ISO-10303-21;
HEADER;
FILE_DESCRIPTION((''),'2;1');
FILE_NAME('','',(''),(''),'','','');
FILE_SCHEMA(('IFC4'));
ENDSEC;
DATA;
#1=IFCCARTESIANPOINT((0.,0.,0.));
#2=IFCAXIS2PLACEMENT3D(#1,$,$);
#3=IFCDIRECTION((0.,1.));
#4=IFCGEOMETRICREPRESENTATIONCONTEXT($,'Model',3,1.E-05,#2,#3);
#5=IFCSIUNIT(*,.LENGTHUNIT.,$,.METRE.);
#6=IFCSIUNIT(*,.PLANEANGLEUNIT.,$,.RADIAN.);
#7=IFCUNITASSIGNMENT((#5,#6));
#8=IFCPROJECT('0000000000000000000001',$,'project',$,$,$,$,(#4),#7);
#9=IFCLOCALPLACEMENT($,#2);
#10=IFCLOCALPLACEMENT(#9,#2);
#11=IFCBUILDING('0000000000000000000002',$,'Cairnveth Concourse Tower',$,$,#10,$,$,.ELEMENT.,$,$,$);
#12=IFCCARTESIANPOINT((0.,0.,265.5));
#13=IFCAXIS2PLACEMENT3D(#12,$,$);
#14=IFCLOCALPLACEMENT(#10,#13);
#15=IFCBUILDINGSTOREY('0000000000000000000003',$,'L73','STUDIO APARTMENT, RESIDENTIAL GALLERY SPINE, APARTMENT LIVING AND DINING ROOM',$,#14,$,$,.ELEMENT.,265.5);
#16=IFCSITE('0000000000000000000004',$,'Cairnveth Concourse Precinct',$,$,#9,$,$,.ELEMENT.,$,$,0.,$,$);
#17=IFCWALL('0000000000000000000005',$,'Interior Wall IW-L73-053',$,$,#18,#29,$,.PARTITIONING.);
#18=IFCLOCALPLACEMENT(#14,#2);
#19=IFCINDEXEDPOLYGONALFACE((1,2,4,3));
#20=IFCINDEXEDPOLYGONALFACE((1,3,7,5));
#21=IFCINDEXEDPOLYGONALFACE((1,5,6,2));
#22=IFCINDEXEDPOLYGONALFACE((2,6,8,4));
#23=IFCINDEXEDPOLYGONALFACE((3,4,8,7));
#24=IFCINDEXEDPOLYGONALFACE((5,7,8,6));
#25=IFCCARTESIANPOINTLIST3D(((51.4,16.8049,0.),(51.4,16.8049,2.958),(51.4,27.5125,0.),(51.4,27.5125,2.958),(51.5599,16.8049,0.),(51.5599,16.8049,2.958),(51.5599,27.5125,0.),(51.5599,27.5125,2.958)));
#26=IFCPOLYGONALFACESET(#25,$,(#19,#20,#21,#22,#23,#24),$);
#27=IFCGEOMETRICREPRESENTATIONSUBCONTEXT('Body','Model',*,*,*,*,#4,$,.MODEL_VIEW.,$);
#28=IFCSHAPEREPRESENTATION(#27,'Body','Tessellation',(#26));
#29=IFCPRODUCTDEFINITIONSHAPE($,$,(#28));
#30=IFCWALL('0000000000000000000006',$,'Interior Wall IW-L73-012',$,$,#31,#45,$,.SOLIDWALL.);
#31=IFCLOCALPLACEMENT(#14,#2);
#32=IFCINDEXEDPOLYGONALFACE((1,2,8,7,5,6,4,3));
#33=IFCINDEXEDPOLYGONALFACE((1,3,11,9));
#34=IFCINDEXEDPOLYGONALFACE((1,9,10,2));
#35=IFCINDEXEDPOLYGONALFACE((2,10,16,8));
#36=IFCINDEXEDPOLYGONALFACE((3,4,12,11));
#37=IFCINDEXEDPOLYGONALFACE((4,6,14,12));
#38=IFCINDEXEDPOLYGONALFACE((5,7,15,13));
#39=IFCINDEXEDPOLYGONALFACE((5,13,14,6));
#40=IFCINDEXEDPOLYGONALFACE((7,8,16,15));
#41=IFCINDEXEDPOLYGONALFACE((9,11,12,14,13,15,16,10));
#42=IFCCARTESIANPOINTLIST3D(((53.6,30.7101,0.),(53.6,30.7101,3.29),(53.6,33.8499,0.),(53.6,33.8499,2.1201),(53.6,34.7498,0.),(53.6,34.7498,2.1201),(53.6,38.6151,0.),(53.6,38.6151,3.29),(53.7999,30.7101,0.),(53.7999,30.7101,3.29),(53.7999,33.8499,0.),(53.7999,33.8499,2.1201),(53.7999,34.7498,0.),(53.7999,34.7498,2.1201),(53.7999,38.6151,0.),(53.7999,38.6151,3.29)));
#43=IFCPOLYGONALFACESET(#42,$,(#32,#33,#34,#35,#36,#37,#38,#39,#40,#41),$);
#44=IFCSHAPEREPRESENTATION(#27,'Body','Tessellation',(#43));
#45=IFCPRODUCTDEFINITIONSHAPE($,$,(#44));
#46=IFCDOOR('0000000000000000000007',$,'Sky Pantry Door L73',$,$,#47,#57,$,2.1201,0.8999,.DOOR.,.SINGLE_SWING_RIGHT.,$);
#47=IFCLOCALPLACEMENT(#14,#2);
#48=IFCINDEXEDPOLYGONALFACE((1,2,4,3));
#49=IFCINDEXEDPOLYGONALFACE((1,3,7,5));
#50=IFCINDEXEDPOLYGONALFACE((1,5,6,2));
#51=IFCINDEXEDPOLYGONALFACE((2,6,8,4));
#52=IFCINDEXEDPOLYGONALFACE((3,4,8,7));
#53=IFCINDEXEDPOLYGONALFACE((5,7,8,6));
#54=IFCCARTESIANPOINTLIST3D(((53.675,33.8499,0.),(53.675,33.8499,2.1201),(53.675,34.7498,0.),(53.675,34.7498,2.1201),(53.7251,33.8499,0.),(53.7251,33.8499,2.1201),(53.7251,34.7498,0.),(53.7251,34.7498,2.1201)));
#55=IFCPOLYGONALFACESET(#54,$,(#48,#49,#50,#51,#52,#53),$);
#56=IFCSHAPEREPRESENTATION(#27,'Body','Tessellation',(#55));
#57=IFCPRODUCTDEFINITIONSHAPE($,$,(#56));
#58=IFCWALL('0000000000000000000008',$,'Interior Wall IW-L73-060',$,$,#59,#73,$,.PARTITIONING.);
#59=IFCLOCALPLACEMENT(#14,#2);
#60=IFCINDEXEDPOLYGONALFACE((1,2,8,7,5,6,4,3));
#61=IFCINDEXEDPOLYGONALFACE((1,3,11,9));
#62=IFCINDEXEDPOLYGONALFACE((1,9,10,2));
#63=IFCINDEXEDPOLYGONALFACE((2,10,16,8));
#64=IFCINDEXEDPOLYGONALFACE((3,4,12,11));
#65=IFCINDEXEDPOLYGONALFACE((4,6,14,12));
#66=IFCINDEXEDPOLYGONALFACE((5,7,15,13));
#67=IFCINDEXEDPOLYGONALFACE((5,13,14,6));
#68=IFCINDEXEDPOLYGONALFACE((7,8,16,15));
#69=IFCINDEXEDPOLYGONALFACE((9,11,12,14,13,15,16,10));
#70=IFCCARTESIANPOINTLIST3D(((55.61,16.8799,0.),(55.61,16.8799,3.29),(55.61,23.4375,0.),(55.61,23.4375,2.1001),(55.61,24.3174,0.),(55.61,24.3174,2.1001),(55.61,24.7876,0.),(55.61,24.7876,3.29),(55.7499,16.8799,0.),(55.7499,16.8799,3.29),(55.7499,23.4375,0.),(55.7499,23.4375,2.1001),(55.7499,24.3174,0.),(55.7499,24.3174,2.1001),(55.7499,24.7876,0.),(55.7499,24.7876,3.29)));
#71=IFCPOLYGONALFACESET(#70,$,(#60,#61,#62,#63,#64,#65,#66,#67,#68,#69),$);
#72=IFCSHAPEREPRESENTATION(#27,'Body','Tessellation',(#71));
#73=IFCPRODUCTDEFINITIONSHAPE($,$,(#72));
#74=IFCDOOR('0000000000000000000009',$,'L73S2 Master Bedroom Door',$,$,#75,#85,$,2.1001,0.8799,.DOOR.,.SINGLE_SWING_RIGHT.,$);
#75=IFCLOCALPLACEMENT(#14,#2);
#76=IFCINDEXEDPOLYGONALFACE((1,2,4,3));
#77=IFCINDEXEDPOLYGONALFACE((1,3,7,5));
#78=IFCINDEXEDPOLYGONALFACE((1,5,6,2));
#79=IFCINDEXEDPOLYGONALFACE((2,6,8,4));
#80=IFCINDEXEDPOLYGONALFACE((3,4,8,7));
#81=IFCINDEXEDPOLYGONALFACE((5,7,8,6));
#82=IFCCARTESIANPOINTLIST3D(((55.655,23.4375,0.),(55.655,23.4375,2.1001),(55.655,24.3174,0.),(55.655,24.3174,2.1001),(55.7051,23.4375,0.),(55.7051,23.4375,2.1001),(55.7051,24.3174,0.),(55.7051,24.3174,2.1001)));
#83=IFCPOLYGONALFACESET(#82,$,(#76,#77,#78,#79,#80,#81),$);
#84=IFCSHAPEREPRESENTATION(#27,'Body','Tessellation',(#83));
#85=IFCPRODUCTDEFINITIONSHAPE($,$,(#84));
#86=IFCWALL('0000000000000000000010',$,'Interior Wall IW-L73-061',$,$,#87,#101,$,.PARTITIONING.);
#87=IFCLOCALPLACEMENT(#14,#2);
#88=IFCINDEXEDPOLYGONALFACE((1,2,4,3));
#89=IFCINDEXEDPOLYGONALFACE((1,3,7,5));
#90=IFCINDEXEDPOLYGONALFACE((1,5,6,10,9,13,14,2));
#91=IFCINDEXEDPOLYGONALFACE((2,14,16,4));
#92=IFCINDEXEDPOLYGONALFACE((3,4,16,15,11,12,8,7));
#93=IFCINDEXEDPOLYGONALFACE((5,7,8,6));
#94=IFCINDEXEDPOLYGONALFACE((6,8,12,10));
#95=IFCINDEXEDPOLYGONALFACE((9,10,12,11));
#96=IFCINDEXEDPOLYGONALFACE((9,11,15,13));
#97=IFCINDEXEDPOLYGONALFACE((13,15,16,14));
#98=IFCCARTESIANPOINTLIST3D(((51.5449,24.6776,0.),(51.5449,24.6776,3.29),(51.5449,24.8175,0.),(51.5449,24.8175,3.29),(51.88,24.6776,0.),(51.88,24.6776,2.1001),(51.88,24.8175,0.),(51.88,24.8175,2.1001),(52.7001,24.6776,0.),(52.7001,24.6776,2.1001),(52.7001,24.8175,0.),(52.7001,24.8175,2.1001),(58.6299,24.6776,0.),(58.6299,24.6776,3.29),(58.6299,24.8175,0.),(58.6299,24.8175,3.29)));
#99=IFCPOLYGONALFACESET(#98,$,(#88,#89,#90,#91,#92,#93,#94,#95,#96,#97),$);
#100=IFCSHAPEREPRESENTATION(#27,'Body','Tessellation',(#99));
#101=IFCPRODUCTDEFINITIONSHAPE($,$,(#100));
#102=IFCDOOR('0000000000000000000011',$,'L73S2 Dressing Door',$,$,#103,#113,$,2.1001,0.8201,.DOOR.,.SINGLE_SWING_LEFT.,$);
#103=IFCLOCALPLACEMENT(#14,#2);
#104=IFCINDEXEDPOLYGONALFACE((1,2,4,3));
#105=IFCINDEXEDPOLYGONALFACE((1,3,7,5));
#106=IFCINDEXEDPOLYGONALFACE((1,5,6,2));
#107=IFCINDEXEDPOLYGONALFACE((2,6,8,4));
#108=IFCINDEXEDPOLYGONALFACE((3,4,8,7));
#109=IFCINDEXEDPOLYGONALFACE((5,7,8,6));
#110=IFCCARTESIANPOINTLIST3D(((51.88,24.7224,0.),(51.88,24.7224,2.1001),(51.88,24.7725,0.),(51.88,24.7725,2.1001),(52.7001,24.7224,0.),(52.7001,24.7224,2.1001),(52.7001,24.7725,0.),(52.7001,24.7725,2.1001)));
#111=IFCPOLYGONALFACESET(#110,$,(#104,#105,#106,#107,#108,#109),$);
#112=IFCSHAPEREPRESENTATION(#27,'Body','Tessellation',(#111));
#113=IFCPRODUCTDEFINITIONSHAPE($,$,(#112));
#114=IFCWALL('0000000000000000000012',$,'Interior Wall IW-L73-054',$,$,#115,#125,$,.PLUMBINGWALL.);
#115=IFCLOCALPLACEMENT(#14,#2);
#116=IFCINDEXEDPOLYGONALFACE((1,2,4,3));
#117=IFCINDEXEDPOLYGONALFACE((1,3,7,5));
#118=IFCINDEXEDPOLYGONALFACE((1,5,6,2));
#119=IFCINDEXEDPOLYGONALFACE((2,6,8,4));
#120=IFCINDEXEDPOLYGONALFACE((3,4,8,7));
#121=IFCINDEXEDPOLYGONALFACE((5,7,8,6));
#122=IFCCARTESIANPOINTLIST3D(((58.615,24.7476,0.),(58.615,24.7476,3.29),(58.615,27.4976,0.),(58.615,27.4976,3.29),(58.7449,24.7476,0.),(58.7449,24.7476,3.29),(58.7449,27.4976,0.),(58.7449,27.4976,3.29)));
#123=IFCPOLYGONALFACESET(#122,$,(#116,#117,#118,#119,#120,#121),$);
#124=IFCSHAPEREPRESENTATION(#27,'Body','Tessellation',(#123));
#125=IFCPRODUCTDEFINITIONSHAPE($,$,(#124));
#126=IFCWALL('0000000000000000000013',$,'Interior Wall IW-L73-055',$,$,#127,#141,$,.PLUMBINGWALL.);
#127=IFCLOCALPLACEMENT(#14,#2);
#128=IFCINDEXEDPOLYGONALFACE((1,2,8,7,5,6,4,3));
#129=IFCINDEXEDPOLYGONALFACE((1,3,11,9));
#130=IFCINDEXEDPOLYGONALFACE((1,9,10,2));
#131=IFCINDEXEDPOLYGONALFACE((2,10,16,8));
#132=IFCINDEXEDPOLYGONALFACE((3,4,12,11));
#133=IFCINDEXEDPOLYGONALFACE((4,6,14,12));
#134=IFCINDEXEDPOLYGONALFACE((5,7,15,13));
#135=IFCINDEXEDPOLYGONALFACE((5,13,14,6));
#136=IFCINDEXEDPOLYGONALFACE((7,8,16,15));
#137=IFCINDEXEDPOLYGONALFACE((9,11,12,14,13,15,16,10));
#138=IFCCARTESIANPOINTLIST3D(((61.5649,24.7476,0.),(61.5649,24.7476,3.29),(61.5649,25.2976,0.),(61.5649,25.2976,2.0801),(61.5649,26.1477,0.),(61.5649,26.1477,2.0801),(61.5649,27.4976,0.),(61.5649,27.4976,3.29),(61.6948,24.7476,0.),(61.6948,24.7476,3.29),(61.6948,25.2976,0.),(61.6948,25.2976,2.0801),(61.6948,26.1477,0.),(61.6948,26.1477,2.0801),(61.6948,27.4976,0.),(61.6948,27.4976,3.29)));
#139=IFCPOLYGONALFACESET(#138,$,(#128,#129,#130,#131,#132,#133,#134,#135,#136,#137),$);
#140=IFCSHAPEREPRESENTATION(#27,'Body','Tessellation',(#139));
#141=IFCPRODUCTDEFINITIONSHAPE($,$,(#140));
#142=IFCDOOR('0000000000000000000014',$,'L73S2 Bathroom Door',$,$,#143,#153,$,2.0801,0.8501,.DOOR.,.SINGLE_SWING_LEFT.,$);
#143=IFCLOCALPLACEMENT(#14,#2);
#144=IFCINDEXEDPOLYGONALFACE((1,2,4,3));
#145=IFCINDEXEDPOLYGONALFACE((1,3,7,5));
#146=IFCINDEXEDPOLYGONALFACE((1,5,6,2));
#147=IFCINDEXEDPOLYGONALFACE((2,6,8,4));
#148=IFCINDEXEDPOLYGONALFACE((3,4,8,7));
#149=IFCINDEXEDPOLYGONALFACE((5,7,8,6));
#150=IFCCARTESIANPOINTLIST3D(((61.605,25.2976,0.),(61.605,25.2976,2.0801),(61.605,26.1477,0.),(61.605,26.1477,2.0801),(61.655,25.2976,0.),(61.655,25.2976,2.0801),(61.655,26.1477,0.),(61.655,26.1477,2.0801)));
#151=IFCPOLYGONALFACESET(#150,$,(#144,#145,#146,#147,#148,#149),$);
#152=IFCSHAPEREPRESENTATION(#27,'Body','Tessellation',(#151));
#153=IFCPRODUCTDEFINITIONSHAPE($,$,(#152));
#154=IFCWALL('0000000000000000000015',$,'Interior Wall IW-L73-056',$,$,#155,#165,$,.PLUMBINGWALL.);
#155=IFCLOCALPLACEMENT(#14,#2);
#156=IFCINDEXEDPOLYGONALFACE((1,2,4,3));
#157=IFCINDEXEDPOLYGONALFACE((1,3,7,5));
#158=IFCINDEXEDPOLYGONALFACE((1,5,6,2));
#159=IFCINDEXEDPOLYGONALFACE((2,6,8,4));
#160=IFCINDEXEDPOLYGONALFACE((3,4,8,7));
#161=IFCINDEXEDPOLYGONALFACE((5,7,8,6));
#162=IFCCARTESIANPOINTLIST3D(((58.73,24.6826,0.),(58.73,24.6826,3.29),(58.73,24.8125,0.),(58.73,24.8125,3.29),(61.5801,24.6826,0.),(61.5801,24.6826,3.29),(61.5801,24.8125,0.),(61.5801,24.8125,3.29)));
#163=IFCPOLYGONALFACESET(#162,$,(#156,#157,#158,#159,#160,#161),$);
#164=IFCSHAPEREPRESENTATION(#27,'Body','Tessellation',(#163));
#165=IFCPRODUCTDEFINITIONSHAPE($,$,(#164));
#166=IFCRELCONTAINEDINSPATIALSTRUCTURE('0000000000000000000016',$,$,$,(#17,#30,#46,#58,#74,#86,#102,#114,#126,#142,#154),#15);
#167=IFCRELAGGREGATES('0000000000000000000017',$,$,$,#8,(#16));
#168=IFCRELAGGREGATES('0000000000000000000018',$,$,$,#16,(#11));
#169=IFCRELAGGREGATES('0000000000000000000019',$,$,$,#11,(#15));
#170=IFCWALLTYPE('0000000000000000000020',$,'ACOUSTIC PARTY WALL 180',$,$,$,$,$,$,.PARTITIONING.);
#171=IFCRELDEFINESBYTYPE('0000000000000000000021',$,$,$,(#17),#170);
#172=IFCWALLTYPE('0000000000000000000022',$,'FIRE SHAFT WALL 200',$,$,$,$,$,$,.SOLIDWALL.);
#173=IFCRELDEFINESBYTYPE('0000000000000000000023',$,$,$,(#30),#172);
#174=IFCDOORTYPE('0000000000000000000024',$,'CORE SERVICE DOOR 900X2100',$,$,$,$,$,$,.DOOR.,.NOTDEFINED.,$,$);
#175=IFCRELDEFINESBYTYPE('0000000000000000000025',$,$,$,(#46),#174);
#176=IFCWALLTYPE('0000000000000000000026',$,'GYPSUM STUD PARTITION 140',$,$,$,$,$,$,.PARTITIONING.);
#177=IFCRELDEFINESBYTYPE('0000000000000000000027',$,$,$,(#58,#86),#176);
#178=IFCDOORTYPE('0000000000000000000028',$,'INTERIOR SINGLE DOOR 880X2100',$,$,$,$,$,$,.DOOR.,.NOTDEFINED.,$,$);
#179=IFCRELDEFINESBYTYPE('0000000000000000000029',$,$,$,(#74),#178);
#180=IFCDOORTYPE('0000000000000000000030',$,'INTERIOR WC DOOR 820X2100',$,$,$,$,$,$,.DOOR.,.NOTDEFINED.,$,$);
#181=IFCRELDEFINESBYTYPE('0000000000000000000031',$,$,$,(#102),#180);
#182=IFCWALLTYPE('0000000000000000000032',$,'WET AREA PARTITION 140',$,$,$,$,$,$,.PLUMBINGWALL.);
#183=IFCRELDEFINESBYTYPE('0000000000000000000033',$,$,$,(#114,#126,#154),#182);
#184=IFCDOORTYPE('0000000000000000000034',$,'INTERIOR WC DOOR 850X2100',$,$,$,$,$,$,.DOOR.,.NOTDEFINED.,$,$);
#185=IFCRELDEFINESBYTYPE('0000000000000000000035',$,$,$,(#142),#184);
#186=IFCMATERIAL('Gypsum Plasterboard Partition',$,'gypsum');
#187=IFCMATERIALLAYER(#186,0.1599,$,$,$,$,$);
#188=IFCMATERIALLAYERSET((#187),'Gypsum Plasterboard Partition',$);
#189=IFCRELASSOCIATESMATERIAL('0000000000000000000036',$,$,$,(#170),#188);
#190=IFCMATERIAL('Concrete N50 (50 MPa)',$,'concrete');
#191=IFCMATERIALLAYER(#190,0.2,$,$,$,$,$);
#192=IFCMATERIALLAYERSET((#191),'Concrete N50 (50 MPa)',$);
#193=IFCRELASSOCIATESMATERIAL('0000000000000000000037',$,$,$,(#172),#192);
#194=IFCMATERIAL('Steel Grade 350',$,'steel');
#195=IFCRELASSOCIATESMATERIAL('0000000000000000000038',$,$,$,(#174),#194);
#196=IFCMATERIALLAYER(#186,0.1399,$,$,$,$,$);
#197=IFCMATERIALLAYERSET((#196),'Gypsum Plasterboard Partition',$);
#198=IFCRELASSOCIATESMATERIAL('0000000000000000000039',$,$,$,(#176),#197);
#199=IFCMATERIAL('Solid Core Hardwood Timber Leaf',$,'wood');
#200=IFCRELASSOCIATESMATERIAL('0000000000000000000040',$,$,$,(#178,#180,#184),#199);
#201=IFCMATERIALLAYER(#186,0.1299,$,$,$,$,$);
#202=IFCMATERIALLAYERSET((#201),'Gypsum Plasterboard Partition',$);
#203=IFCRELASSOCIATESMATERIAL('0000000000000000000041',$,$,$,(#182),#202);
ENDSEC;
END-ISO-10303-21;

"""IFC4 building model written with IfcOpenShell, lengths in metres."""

from ifc_helpers import new_model, si_unit, direction, frame, frame_2d, origin, place, context, subcontext, project, spatial, rectangle, extrude, material, layer, layer_set, type_object, element, fill, save


model = new_model("IFC4")

# Units and contexts
model_context = context("Model", 3, precision=1e-05, world=origin(), true_north=direction((0.0, 1.0)))
body_context = subcontext(model_context, "Body", "Model", "MODEL_VIEW")
ifc_project = project(units=[si_unit("LENGTHUNIT", "METRE"), si_unit("PLANEANGLEUNIT", "RADIAN")], contexts=[model_context])

# Site, building, storey
site_placement = place(None, origin())
site = spatial("IfcSite", under=ifc_project, at=site_placement, Name="Cairnveth Concourse Precinct", CompositionType="ELEMENT", RefElevation=0.0)
building_placement = place(site_placement, origin())
building = spatial("IfcBuilding", under=site, at=building_placement, Name="Cairnveth Concourse Tower", CompositionType="ELEMENT")
storey_placement = place(building_placement, frame((0.0, 0.0, 265.5)))
storey = spatial("IfcBuildingStorey", under=building, at=storey_placement, Name="L73", Description="STUDIO APARTMENT, RESIDENTIAL GALLERY SPINE, APARTMENT LIVING AND DINING ROOM", CompositionType="ELEMENT", Elevation=265.5)

# Shared definitions
ifc_material_1 = material(Name="Steel Grade 350", Category="steel")

# Shared definitions
ifc_material_2 = material(Name="Gypsum Plasterboard Partition", Category="gypsum")
ifc_layer_1 = layer(ifc_material_2, 0.1599)
ifc_layer_set_1 = layer_set([ifc_layer_1], Name="Gypsum Plasterboard Partition")
wall_type_1 = type_object("IfcWallType", Name="ACOUSTIC PARTY WALL 180", PredefinedType="PARTITIONING", material=ifc_layer_set_1)
ifc_material_3 = material(Name="Solid Core Hardwood Timber Leaf", Category="wood")

# Wall
wall_1_placement = place(storey_placement, frame((51.48, 16.8049, 0.0), z_axis=(0.0, 0.0, 1.0), x_axis=(0.0, 1.0, 0.0)))
element("IfcWall", 1, at=wall_1_placement, inside=storey, type_object=wall_type_1, Name="Interior Wall IW-L73-053", PredefinedType="PARTITIONING", context=body_context, shape_type="SweptSolid", body=[
    extrude(rectangle(XDim=10.7075, YDim=0.1599, at=frame_2d((5.3538, 0.0))), origin(), (0.0, 0.0, 1.0), 2.958),
])

# Walls, openings, doors
ifc_material_4 = material(Name="Concrete N50 (50 MPa)", Category="concrete")
ifc_layer_2 = layer(ifc_material_4, 0.2)
ifc_layer_set_2 = layer_set([ifc_layer_2], Name="Concrete N50 (50 MPa)")
wall_type_2 = type_object("IfcWallType", Name="FIRE SHAFT WALL 200", PredefinedType="SOLIDWALL", material=ifc_layer_set_2)
wall_2_placement = place(storey_placement, frame((53.7, 30.71, 0.0), z_axis=(0.0, 0.0, 1.0), x_axis=(0.0, 1.0, 0.0)))
wall_2 = element("IfcWall", 2, at=wall_2_placement, inside=storey, type_object=wall_type_2, Name="Interior Wall IW-L73-012", PredefinedType="SOLIDWALL", context=body_context, shape_type="SweptSolid", body=[
    extrude(rectangle(XDim=7.905, YDim=0.2, at=frame_2d((3.9526, 0.0))), origin(), (0.0, 0.0, 1.0), 3.29),
])
opening_1_placement = place(wall_2_placement, frame((3.1399, 0.0, 0.0)))
opening_1 = element("IfcOpeningElement", 3, at=opening_1_placement, cuts=wall_2, PredefinedType="OPENING", context=body_context, shape_type="SweptSolid", body=[
    extrude(rectangle(XDim=0.8999, YDim=2.1201, at=frame_2d((0.45, 1.0601))), frame((0.0, 0.1099, 0.0), z_axis=(0.0, -1.0, 0.0), x_axis=(1.0, 0.0, 0.0)), (0.0, 0.0, 1.0), 0.22),
])
door_type_1 = type_object("IfcDoorType", Name="CORE SERVICE DOOR 900X2100", OperationType="NOTDEFINED", PredefinedType="DOOR", material=ifc_material_1)
door_1_placement = place(opening_1_placement, origin())
door_1 = element("IfcDoor", 4, at=door_1_placement, inside=storey, type_object=door_type_1, Name="Sky Pantry Door L73", OperationType="SINGLE_SWING_RIGHT", OverallHeight=2.1201, OverallWidth=0.8999, PredefinedType="DOOR", context=body_context, shape_type="SweptSolid", body=[
    extrude(rectangle(XDim=0.8999, YDim=2.1201, at=frame_2d((0.45, 1.0601))), frame((0.0, 0.0249, 0.0), z_axis=(0.0, -1.0, 0.0), x_axis=(1.0, 0.0, 0.0)), (0.0, 0.0, 1.0), 0.05),
])
fill(opening_1, door_1)
ifc_layer_3 = layer(ifc_material_2, 0.1399)
ifc_layer_set_3 = layer_set([ifc_layer_3], Name="Gypsum Plasterboard Partition")
wall_type_3 = type_object("IfcWallType", Name="GYPSUM STUD PARTITION 140", PredefinedType="PARTITIONING", material=ifc_layer_set_3)
wall_3_placement = place(storey_placement, frame((55.6799, 16.8799, 0.0), z_axis=(0.0, 0.0, 1.0), x_axis=(0.0, 1.0, 0.0)))
wall_3 = element("IfcWall", 5, at=wall_3_placement, inside=storey, type_object=wall_type_3, Name="Interior Wall IW-L73-060", PredefinedType="PARTITIONING", context=body_context, shape_type="SweptSolid", body=[
    extrude(rectangle(XDim=7.9077, YDim=0.1399, at=frame_2d((3.9539, 0.0))), origin(), (0.0, 0.0, 1.0), 3.29),
])
opening_2_placement = place(wall_3_placement, frame((6.5576, 0.0, 0.0)))
opening_2 = element("IfcOpeningElement", 6, at=opening_2_placement, cuts=wall_3, PredefinedType="OPENING", context=body_context, shape_type="SweptSolid", body=[
    extrude(rectangle(XDim=0.8799, YDim=2.1001, at=frame_2d((0.4399, 1.05))), frame((0.0, 0.0798, 0.0), z_axis=(0.0, -1.0, 0.0), x_axis=(1.0, 0.0, 0.0)), (0.0, 0.0, 1.0), 0.1599),
])
door_type_2 = type_object("IfcDoorType", Name="INTERIOR SINGLE DOOR 880X2100", OperationType="NOTDEFINED", PredefinedType="DOOR", material=ifc_material_3)
door_2_placement = place(opening_2_placement, origin())
door_2 = element("IfcDoor", 7, at=door_2_placement, inside=storey, type_object=door_type_2, Name="L73S2 Master Bedroom Door", OperationType="SINGLE_SWING_RIGHT", OverallHeight=2.1001, OverallWidth=0.8799, PredefinedType="DOOR", context=body_context, shape_type="SweptSolid", body=[
    extrude(rectangle(XDim=0.8799, YDim=2.1001, at=frame_2d((0.4399, 1.05))), frame((0.0, 0.0249, 0.0), z_axis=(0.0, -1.0, 0.0), x_axis=(1.0, 0.0, 0.0)), (0.0, 0.0, 1.0), 0.05),
])
fill(opening_2, door_2)
wall_4_placement = place(storey_placement, frame((51.5449, 24.7476, 0.0), z_axis=(0.0, 0.0, 1.0), x_axis=(1.0, 0.0, 0.0)))
wall_4 = element("IfcWall", 8, at=wall_4_placement, inside=storey, type_object=wall_type_3, Name="Interior Wall IW-L73-061", PredefinedType="PARTITIONING", context=body_context, shape_type="SweptSolid", body=[
    extrude(rectangle(XDim=7.085, YDim=0.1399, at=frame_2d((3.5425, 0.0))), origin(), (0.0, 0.0, 1.0), 3.29),
])
opening_3_placement = place(wall_4_placement, frame((0.335, 0.0, 0.0)))
opening_3 = element("IfcOpeningElement", 9, at=opening_3_placement, cuts=wall_4, PredefinedType="OPENING", context=body_context, shape_type="SweptSolid", body=[
    extrude(rectangle(XDim=0.8201, YDim=2.1001, at=frame_2d((0.4102, 1.05))), frame((0.0, 0.0798, 0.0), z_axis=(0.0, -1.0, 0.0), x_axis=(1.0, 0.0, 0.0)), (0.0, 0.0, 1.0), 0.1599),
])
door_type_3 = type_object("IfcDoorType", Name="INTERIOR WC DOOR 820X2100", OperationType="NOTDEFINED", PredefinedType="DOOR", material=ifc_material_3)
door_3_placement = place(opening_3_placement, origin())
door_3 = element("IfcDoor", 10, at=door_3_placement, inside=storey, type_object=door_type_3, Name="L73S2 Dressing Door", OperationType="SINGLE_SWING_LEFT", OverallHeight=2.1001, OverallWidth=0.8201, PredefinedType="DOOR", context=body_context, shape_type="SweptSolid", body=[
    extrude(rectangle(XDim=0.8201, YDim=2.1001, at=frame_2d((0.4102, 1.05))), frame((0.0, 0.0249, 0.0), z_axis=(0.0, -1.0, 0.0), x_axis=(1.0, 0.0, 0.0)), (0.0, 0.0, 1.0), 0.05),
])
fill(opening_3, door_3)

# Wall
ifc_layer_4 = layer(ifc_material_2, 0.1299)
ifc_layer_set_4 = layer_set([ifc_layer_4], Name="Gypsum Plasterboard Partition")
wall_type_4 = type_object("IfcWallType", Name="WET AREA PARTITION 140", PredefinedType="PLUMBINGWALL", material=ifc_layer_set_4)
wall_5_placement = place(storey_placement, frame((58.6799, 24.7476, 0.0), z_axis=(0.0, 0.0, 1.0), x_axis=(0.0, 1.0, 0.0)))
element("IfcWall", 11, at=wall_5_placement, inside=storey, type_object=wall_type_4, Name="Interior Wall IW-L73-054", PredefinedType="PLUMBINGWALL", context=body_context, shape_type="SweptSolid", body=[
    extrude(rectangle(XDim=2.75, YDim=0.1299, at=frame_2d((1.375, 0.0))), origin(), (0.0, 0.0, 1.0), 3.29),
])

# Wall, opening, door
wall_6_placement = place(storey_placement, frame((61.6299, 24.7476, 0.0), z_axis=(0.0, 0.0, 1.0), x_axis=(0.0, 1.0, 0.0)))
wall_6 = element("IfcWall", 12, at=wall_6_placement, inside=storey, type_object=wall_type_4, Name="Interior Wall IW-L73-055", PredefinedType="PLUMBINGWALL", context=body_context, shape_type="SweptSolid", body=[
    extrude(rectangle(XDim=2.75, YDim=0.1299, at=frame_2d((1.375, 0.0))), origin(), (0.0, 0.0, 1.0), 3.29),
])
opening_4_placement = place(wall_6_placement, frame((0.55, 0.0, 0.0)))
opening_4 = element("IfcOpeningElement", 13, at=opening_4_placement, cuts=wall_6, PredefinedType="OPENING", context=body_context, shape_type="SweptSolid", body=[
    extrude(rectangle(XDim=0.8501, YDim=2.0801, at=frame_2d((0.425, 1.04))), frame((0.0, 0.075, 0.0), z_axis=(0.0, -1.0, 0.0), x_axis=(1.0, 0.0, 0.0)), (0.0, 0.0, 1.0), 0.1499),
])
door_type_4 = type_object("IfcDoorType", Name="INTERIOR WC DOOR 850X2100", OperationType="NOTDEFINED", PredefinedType="DOOR", material=ifc_material_3)
door_4_placement = place(opening_4_placement, origin())
door_4 = element("IfcDoor", 14, at=door_4_placement, inside=storey, type_object=door_type_4, Name="L73S2 Bathroom Door", OperationType="SINGLE_SWING_LEFT", OverallHeight=2.0801, OverallWidth=0.8501, PredefinedType="DOOR", context=body_context, shape_type="SweptSolid", body=[
    extrude(rectangle(XDim=0.8501, YDim=2.0801, at=frame_2d((0.425, 1.04))), frame((0.0, 0.0249, 0.0), z_axis=(0.0, -1.0, 0.0), x_axis=(1.0, 0.0, 0.0)), (0.0, 0.0, 1.0), 0.05),
])
fill(opening_4, door_4)

# Wall
wall_7_placement = place(storey_placement, frame((58.73, 24.7476, 0.0), z_axis=(0.0, 0.0, 1.0), x_axis=(1.0, 0.0, 0.0)))
element("IfcWall", 15, at=wall_7_placement, inside=storey, type_object=wall_type_4, Name="Interior Wall IW-L73-056", PredefinedType="PLUMBINGWALL", context=body_context, shape_type="SweptSolid", body=[
    extrude(rectangle(XDim=2.8501, YDim=0.1299, at=frame_2d((1.425, 0.0))), origin(), (0.0, 0.0, 1.0), 3.29),
])

save(model, "model.ifc")
